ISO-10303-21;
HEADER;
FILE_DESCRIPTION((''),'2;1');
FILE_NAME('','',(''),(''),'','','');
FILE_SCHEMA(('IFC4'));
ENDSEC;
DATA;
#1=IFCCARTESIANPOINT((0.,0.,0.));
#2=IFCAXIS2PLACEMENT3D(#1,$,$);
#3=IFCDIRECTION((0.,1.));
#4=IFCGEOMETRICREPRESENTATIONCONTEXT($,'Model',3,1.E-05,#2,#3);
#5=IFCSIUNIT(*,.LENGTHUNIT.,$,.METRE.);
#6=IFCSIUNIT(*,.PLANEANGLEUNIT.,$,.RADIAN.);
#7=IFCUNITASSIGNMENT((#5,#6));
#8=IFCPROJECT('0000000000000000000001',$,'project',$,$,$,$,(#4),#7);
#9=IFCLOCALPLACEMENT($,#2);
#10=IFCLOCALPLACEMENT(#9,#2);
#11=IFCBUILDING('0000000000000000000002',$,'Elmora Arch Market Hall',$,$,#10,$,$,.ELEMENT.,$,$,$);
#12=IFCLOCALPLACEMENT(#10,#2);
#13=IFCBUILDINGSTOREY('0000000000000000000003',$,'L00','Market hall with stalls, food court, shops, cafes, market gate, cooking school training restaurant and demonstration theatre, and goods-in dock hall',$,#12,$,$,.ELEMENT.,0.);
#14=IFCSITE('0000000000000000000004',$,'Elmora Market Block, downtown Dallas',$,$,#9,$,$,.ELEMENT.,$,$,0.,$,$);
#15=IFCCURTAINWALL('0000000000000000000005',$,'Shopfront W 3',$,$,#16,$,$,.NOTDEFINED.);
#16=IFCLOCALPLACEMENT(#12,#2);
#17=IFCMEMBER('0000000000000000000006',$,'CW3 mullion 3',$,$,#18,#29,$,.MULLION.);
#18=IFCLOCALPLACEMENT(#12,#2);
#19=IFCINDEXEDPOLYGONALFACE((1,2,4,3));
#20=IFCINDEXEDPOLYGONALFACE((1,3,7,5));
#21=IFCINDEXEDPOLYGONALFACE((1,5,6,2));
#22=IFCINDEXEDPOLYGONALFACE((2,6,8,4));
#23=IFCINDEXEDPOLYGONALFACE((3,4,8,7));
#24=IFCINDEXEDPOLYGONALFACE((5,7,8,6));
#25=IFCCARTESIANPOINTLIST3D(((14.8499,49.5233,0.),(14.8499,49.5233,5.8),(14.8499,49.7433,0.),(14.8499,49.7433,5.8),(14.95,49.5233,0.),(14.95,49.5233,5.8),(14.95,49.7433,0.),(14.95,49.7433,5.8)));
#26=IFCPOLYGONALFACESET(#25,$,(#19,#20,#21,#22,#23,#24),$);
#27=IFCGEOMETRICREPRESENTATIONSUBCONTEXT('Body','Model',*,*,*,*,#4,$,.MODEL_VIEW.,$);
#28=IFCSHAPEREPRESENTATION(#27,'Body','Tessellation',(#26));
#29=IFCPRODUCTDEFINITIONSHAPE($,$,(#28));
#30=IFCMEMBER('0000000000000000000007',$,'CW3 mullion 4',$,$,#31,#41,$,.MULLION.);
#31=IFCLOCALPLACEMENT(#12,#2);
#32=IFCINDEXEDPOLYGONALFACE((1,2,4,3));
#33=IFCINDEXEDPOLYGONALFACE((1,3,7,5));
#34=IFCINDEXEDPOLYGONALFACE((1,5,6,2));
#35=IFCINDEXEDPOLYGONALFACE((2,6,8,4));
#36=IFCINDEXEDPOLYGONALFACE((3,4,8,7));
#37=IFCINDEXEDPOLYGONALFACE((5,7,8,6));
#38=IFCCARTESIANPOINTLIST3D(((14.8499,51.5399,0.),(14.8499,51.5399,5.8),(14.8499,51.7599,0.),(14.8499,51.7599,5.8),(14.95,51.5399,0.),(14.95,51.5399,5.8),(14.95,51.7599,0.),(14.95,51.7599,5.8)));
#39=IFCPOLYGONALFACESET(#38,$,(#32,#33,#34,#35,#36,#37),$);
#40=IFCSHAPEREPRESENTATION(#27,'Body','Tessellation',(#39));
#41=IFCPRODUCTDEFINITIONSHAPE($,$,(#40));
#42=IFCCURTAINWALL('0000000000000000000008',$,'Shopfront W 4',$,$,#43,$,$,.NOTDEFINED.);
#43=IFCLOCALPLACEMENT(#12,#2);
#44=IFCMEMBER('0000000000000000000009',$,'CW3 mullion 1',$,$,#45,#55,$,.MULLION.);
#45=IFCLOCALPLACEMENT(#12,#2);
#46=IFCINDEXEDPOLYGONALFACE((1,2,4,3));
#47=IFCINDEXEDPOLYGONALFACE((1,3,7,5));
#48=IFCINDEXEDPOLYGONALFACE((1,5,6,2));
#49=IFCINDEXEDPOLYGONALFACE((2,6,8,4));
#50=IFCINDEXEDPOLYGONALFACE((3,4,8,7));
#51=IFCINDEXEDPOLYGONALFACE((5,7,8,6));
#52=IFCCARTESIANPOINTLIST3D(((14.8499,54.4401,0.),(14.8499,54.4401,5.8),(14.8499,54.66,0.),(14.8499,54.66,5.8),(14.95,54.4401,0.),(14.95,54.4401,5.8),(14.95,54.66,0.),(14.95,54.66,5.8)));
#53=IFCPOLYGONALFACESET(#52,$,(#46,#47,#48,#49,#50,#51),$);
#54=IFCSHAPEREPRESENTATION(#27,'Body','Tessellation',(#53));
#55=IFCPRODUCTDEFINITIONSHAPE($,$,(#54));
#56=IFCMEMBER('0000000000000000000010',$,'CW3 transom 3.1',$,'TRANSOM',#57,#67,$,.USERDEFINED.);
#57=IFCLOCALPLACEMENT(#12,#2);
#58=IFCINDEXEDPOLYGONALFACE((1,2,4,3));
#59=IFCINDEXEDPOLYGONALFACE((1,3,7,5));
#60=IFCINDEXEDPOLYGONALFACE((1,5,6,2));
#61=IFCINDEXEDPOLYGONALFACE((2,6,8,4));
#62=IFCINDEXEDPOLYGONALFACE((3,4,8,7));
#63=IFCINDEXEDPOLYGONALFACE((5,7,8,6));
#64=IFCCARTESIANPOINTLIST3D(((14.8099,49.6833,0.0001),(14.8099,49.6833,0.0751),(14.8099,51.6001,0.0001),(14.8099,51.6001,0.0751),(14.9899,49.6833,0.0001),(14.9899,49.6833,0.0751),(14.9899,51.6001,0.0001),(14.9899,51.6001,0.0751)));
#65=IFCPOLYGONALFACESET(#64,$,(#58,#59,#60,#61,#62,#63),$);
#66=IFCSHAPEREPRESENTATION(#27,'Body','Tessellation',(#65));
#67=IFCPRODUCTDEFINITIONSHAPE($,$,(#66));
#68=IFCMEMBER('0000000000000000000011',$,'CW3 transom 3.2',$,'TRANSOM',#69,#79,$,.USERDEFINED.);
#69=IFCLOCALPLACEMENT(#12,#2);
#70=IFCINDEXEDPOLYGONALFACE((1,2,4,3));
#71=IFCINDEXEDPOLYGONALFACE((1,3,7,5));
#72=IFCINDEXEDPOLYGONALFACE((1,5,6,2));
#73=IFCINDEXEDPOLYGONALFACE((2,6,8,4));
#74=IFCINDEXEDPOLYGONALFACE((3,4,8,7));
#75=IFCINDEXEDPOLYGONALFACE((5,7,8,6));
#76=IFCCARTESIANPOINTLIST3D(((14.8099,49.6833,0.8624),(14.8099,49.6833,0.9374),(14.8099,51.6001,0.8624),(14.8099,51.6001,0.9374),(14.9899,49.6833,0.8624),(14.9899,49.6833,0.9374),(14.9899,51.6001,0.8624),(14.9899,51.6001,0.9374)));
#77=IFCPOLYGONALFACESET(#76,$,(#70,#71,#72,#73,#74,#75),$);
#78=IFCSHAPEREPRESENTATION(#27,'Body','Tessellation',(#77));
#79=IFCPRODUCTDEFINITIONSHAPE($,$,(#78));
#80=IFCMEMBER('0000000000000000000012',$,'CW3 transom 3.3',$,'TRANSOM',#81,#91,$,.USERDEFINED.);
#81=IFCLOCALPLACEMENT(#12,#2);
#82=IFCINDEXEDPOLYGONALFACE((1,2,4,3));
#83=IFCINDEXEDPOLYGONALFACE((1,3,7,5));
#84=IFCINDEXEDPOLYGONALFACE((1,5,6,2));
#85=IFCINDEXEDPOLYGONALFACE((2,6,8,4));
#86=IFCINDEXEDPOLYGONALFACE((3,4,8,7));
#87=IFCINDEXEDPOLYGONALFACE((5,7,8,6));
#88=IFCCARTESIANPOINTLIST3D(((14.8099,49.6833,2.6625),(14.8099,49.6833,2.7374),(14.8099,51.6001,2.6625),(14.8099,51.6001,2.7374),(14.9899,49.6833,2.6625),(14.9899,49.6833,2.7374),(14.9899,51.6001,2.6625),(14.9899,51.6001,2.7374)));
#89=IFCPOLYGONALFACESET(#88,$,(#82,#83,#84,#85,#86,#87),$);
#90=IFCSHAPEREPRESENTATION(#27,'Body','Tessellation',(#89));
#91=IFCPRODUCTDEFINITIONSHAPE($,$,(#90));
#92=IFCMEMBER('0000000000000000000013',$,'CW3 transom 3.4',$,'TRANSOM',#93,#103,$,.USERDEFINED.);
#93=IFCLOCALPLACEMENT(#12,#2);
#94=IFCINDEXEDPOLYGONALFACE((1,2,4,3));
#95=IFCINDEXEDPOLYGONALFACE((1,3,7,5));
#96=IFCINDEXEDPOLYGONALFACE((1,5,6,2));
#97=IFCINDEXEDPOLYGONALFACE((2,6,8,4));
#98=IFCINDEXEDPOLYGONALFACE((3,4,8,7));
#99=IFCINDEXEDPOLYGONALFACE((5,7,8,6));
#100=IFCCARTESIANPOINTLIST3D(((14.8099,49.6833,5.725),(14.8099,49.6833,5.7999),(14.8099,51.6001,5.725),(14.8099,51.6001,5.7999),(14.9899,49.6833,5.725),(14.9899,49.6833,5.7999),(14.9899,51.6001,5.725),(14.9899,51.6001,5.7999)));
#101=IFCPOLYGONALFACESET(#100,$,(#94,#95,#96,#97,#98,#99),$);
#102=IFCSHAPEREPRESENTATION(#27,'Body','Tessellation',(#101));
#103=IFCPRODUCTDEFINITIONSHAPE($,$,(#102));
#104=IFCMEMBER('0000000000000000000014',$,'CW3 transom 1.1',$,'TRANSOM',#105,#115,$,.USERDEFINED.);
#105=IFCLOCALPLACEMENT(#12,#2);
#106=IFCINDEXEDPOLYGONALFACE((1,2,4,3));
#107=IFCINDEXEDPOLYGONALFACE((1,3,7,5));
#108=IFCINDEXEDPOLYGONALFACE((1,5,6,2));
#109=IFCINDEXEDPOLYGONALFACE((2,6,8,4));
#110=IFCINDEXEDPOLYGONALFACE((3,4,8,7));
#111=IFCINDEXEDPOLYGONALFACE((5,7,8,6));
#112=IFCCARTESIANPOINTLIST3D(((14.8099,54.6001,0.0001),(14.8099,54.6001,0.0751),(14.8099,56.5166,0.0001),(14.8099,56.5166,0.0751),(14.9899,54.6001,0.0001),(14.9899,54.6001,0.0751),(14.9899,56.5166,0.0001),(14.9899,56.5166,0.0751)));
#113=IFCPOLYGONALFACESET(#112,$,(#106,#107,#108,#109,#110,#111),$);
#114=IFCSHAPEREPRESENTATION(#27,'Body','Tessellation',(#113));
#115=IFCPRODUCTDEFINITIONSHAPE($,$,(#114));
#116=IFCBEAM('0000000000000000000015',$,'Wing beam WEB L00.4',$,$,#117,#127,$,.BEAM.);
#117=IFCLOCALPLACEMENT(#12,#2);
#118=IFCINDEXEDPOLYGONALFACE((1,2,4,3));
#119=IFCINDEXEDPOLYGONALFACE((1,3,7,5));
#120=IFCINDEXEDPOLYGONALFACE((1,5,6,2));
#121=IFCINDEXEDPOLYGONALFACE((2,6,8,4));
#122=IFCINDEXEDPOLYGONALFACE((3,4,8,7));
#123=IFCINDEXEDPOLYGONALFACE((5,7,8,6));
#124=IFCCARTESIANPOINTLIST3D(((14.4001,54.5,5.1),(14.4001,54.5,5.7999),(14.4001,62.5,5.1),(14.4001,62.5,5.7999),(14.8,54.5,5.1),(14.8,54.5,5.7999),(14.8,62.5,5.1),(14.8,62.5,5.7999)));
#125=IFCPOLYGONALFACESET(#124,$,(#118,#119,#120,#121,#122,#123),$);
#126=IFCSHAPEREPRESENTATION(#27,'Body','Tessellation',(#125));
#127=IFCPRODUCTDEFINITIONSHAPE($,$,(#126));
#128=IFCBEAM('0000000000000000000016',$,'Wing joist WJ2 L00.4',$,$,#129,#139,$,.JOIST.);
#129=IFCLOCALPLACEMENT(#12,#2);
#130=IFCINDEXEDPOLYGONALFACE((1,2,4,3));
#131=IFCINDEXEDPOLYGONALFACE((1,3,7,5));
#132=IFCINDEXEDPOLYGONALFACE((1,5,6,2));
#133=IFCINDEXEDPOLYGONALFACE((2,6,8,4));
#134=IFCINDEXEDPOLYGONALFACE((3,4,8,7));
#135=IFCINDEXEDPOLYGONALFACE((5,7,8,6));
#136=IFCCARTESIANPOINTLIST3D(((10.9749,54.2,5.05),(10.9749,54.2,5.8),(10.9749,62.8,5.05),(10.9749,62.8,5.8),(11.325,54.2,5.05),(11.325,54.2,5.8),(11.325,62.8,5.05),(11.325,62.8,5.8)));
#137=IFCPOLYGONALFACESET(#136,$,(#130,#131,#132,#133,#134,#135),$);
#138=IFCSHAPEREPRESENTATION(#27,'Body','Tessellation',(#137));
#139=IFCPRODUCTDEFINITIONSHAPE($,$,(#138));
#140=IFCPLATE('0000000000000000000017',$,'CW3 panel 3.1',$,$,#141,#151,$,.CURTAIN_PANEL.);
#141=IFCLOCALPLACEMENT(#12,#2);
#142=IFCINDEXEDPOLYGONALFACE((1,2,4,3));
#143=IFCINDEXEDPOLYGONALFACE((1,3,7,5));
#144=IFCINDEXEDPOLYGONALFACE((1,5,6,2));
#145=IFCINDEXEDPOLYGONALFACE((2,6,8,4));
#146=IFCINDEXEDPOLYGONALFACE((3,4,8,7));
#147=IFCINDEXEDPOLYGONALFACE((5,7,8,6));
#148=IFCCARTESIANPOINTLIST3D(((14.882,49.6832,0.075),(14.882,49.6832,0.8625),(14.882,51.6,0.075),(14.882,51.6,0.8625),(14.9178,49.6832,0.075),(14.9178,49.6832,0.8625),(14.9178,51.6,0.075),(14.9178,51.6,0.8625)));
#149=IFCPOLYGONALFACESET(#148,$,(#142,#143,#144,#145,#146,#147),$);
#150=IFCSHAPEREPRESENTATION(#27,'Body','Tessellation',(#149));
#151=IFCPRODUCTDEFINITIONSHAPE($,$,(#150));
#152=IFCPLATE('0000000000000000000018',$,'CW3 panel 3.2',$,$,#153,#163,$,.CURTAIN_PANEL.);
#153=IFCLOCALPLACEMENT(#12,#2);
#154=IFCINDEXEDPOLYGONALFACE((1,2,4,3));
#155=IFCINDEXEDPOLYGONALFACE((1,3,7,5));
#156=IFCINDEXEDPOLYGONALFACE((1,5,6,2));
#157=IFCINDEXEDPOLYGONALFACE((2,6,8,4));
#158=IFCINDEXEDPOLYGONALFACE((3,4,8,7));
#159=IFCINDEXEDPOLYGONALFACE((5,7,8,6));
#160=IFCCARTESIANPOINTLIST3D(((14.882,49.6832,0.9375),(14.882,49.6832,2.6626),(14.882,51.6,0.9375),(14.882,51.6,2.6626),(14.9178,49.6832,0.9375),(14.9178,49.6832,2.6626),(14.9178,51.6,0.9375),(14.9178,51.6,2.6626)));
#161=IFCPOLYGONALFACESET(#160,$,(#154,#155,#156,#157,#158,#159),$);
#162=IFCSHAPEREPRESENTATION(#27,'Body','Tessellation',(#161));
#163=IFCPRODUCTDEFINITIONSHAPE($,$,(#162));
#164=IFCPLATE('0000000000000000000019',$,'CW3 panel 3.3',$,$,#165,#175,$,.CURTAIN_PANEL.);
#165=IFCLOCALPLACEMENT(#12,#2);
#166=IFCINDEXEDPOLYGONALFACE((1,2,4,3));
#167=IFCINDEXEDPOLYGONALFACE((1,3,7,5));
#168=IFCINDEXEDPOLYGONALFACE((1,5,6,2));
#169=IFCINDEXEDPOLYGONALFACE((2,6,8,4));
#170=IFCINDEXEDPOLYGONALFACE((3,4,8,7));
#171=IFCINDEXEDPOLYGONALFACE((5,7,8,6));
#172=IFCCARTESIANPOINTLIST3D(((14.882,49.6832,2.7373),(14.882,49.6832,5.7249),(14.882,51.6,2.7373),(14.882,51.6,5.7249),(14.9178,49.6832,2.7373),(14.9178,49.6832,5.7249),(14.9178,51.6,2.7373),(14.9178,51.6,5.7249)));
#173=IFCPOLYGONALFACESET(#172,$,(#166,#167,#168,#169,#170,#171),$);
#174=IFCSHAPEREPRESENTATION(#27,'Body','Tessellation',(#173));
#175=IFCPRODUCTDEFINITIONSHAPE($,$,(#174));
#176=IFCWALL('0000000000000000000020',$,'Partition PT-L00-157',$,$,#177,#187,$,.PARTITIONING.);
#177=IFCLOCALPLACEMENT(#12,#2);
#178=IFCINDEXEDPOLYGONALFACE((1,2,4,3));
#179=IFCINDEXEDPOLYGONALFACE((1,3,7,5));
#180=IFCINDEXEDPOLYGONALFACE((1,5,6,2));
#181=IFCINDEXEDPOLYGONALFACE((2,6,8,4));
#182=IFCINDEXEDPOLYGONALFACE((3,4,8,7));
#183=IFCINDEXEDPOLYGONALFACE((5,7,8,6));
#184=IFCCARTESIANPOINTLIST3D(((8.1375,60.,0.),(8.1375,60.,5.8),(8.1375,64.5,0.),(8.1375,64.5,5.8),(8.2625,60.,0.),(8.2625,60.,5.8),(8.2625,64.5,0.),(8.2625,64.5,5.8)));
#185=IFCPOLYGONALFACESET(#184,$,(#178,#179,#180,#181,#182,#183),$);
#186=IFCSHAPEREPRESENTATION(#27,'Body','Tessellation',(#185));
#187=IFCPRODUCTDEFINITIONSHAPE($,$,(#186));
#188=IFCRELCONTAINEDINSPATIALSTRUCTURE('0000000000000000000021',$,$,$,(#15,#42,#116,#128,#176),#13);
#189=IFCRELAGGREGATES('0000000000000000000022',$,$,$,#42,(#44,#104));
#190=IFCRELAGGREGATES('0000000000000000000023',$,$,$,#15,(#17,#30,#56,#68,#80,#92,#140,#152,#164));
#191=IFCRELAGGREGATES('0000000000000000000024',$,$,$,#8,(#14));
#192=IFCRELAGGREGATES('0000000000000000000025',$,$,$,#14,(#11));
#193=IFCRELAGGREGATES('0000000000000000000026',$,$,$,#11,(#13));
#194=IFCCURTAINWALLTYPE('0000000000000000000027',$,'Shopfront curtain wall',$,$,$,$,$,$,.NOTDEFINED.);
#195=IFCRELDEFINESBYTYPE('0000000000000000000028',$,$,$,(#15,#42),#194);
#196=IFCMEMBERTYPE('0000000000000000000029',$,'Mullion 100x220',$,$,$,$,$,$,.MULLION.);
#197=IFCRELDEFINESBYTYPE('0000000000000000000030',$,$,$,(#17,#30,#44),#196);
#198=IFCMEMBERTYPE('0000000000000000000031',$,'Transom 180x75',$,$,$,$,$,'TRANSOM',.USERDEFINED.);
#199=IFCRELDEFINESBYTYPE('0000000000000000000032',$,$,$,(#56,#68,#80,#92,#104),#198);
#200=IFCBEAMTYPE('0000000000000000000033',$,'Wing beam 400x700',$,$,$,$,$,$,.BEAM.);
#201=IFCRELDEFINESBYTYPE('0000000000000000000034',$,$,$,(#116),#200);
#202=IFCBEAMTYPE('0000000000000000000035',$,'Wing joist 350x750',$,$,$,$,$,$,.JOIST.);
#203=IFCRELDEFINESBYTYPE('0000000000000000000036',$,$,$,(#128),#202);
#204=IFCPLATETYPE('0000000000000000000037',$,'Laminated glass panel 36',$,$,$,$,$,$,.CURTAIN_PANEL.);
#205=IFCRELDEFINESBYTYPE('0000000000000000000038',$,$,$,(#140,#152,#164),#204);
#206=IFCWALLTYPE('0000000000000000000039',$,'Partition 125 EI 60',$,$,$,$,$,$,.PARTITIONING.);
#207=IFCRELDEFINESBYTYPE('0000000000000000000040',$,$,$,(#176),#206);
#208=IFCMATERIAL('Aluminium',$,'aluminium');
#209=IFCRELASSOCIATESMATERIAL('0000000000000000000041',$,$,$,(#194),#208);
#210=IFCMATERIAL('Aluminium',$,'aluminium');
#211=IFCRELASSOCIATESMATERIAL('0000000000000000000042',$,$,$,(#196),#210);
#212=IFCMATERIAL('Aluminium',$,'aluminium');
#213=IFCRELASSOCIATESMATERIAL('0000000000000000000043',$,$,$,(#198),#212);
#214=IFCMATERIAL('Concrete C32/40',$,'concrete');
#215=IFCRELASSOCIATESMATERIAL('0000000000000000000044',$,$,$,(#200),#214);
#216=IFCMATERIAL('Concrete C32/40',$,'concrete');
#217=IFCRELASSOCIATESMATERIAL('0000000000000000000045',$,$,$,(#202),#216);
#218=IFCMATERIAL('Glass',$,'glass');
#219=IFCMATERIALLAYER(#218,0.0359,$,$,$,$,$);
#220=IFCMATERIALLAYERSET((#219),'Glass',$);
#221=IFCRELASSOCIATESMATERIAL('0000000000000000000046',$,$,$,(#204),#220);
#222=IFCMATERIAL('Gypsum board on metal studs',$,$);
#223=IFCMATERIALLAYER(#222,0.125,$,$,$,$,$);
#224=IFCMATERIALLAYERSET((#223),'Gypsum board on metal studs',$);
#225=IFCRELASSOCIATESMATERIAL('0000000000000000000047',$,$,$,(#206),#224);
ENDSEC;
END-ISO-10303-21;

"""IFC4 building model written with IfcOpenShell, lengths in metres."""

from ifc_helpers import new_model, si_unit, direction, frame, frame_2d, origin, origin_2d, place, context, subcontext, project, spatial, rectangle, extrude, material, layer, layer_set, material_profile, profile_set, type_object, element, aggregate, save


model = new_model("IFC4")

# Units and contexts
model_context = context("Model", 3, precision=1e-05, world=origin(), true_north=direction((0.0, 1.0)))
body_context = subcontext(model_context, "Body", "Model", "MODEL_VIEW")
ifc_project = project(units=[si_unit("LENGTHUNIT", "METRE"), si_unit("PLANEANGLEUNIT", "RADIAN")], contexts=[model_context])

# Site, building, storey
site_placement = place(None, origin())
site = spatial("IfcSite", under=ifc_project, at=site_placement, Name="Elmora Market Block, downtown Dallas", CompositionType="ELEMENT", RefElevation=0.0)
building_placement = place(site_placement, origin())
building = spatial("IfcBuilding", under=site, at=building_placement, Name="Elmora Arch Market Hall", CompositionType="ELEMENT")
storey_placement = place(building_placement, origin())
storey = spatial("IfcBuildingStorey", under=building, at=storey_placement, Name="L00", Description="Market hall with stalls, food court, shops, cafes, market gate, cooking school training restaurant and demonstration theatre, and goods-in dock hall", CompositionType="ELEMENT", Elevation=0.0)

# Curtain wall, members
ifc_material_1 = material(Name="Aluminium", Category="aluminium")
curtain_wall_type = type_object("IfcCurtainWallType", Name="Shopfront curtain wall", PredefinedType="NOTDEFINED", material=ifc_material_1)
curtain_wall_1_placement = place(storey_placement, origin())
curtain_wall_1 = element("IfcCurtainWall", 1, at=curtain_wall_1_placement, inside=storey, type_object=curtain_wall_type, Name="Shopfront W 3", PredefinedType="NOTDEFINED")
ifc_material_2 = material(Name="Aluminium", Category="aluminium")
ifc_material_profile_1 = material_profile(ifc_material_2, rectangle(XDim=0.1001, YDim=0.22, at=origin_2d()), Name="AL 100x220")
ifc_profile_set_1 = profile_set([ifc_material_profile_1], Name="Aluminium")
member_type_1 = type_object("IfcMemberType", Name="Mullion 100x220", PredefinedType="MULLION", material=ifc_profile_set_1)
member_1_placement = place(storey_placement, frame((14.8999, 49.6333, 0.0), z_axis=(0.0, 0.0, 1.0), x_axis=(-1.0, 0.0, 0.0)))
member_1 = element("IfcMember", 2, at=member_1_placement, type_object=member_type_1, Name="CW3 mullion 3", PredefinedType="MULLION", context=body_context, shape_type="SweptSolid", body=[
    extrude(rectangle(XDim=0.1001, YDim=0.22, at=origin_2d()), origin(), (0.0, 0.0, 1.0), 5.8),
])
member_2_placement = place(storey_placement, frame((14.8999, 51.6499, 0.0), z_axis=(0.0, 0.0, 1.0), x_axis=(-1.0, 0.0, 0.0)))
member_2 = element("IfcMember", 3, at=member_2_placement, type_object=member_type_1, Name="CW3 mullion 4", PredefinedType="MULLION", context=body_context, shape_type="SweptSolid", body=[
    extrude(rectangle(XDim=0.1001, YDim=0.22, at=origin_2d()), origin(), (0.0, 0.0, 1.0), 5.8),
])

# Curtain wall, member
curtain_wall_2_placement = place(storey_placement, origin())
curtain_wall_2 = element("IfcCurtainWall", 4, at=curtain_wall_2_placement, inside=storey, type_object=curtain_wall_type, Name="Shopfront W 4", PredefinedType="NOTDEFINED")
member_3_placement = place(storey_placement, frame((14.8999, 54.55, 0.0), z_axis=(0.0, 0.0, 1.0), x_axis=(-1.0, 0.0, 0.0)))
member_3 = element("IfcMember", 5, at=member_3_placement, type_object=member_type_1, Name="CW3 mullion 1", PredefinedType="MULLION", context=body_context, shape_type="SweptSolid", body=[
    extrude(rectangle(XDim=0.1001, YDim=0.22, at=origin_2d()), origin(), (0.0, 0.0, 1.0), 5.8),
])

# Members
ifc_material_3 = material(Name="Aluminium", Category="aluminium")
ifc_material_profile_2 = material_profile(ifc_material_3, rectangle(XDim=0.1799, YDim=0.075, at=origin_2d()), Name="AL 180x75")
ifc_profile_set_2 = profile_set([ifc_material_profile_2], Name="Aluminium")
member_type_2 = type_object("IfcMemberType", Name="Transom 180x75", ElementType="TRANSOM", PredefinedType="USERDEFINED", material=ifc_profile_set_2)
member_4_placement = place(storey_placement, frame((14.8999, 49.6833, 0.0376), z_axis=(0.0, 1.0, 0.0), x_axis=(-1.0, 0.0, 0.0)))
member_4 = element("IfcMember", 6, at=member_4_placement, type_object=member_type_2, Name="CW3 transom 3.1", ObjectType="TRANSOM", PredefinedType="USERDEFINED", context=body_context, shape_type="SweptSolid", body=[
    extrude(rectangle(XDim=0.1799, YDim=0.075, at=origin_2d()), origin(), (0.0, 0.0, 1.0), 1.9167),
])
member_5_placement = place(storey_placement, frame((14.8999, 49.6833, 0.8999), z_axis=(0.0, 1.0, 0.0), x_axis=(-1.0, 0.0, 0.0)))
member_5 = element("IfcMember", 7, at=member_5_placement, type_object=member_type_2, Name="CW3 transom 3.2", ObjectType="TRANSOM", PredefinedType="USERDEFINED", context=body_context, shape_type="SweptSolid", body=[
    extrude(rectangle(XDim=0.1799, YDim=0.075, at=origin_2d()), origin(), (0.0, 0.0, 1.0), 1.9167),
])
member_6_placement = place(storey_placement, frame((14.8999, 49.6833, 2.7), z_axis=(0.0, 1.0, 0.0), x_axis=(-1.0, 0.0, 0.0)))
member_6 = element("IfcMember", 8, at=member_6_placement, type_object=member_type_2, Name="CW3 transom 3.3", ObjectType="TRANSOM", PredefinedType="USERDEFINED", context=body_context, shape_type="SweptSolid", body=[
    extrude(rectangle(XDim=0.1799, YDim=0.075, at=origin_2d()), origin(), (0.0, 0.0, 1.0), 1.9167),
])
member_7_placement = place(storey_placement, frame((14.8999, 49.6833, 5.7625), z_axis=(0.0, 1.0, 0.0), x_axis=(-1.0, 0.0, 0.0)))
member_7 = element("IfcMember", 9, at=member_7_placement, type_object=member_type_2, Name="CW3 transom 3.4", ObjectType="TRANSOM", PredefinedType="USERDEFINED", context=body_context, shape_type="SweptSolid", body=[
    extrude(rectangle(XDim=0.1799, YDim=0.075, at=origin_2d()), origin(), (0.0, 0.0, 1.0), 1.9167),
])
member_8_placement = place(storey_placement, frame((14.8999, 54.6001, 0.0376), z_axis=(0.0, 1.0, 0.0), x_axis=(-1.0, 0.0, 0.0)))
member_8 = element("IfcMember", 10, at=member_8_placement, type_object=member_type_2, Name="CW3 transom 1.1", ObjectType="TRANSOM", PredefinedType="USERDEFINED", context=body_context, shape_type="SweptSolid", body=[
    extrude(rectangle(XDim=0.1799, YDim=0.075, at=origin_2d()), origin(), (0.0, 0.0, 1.0), 1.9165),
])
aggregate(curtain_wall_2, [member_3, member_8])

# Beams
ifc_material_4 = material(Name="Concrete C32/40", Category="concrete")
ifc_material_profile_3 = material_profile(ifc_material_4, rectangle(XDim=0.3999, YDim=0.7, at=origin_2d()), Name="Wing beam 400x700")
ifc_profile_set_3 = profile_set([ifc_material_profile_3], Name="Concrete C32/40")
beam_type_1 = type_object("IfcBeamType", Name="Wing beam 400x700", PredefinedType="BEAM", material=ifc_profile_set_3)
beam_1_placement = place(storey_placement, frame((14.6001, 54.5, 5.45), z_axis=(0.0, 1.0, 0.0), x_axis=(-1.0, 0.0, 0.0)))
element("IfcBeam", 11, at=beam_1_placement, inside=storey, type_object=beam_type_1, Name="Wing beam WEB L00.4", PredefinedType="BEAM", context=body_context, shape_type="SweptSolid", body=[
    extrude(rectangle(XDim=0.3999, YDim=0.7, at=origin_2d()), origin(), (0.0, 0.0, 1.0), 8.0),
])
ifc_material_5 = material(Name="Concrete C32/40", Category="concrete")
ifc_material_profile_4 = material_profile(ifc_material_5, rectangle(XDim=0.3501, YDim=0.75, at=origin_2d()), Name="Wing joist 350x750")
ifc_profile_set_4 = profile_set([ifc_material_profile_4], Name="Concrete C32/40")
beam_type_2 = type_object("IfcBeamType", Name="Wing joist 350x750", PredefinedType="JOIST", material=ifc_profile_set_4)
beam_2_placement = place(storey_placement, frame((11.1499, 54.2, 5.425), z_axis=(0.0, 1.0, 0.0), x_axis=(-1.0, 0.0, 0.0)))
element("IfcBeam", 12, at=beam_2_placement, inside=storey, type_object=beam_type_2, Name="Wing joist WJ2 L00.4", PredefinedType="JOIST", context=body_context, shape_type="SweptSolid", body=[
    extrude(rectangle(XDim=0.3501, YDim=0.75, at=origin_2d()), origin(), (0.0, 0.0, 1.0), 8.6001),
])

# Plates
ifc_material_6 = material(Name="Glass", Category="glass")
ifc_layer_1 = layer(ifc_material_6, 0.0359)
ifc_layer_set_1 = layer_set([ifc_layer_1], Name="Glass")
plate_type = type_object("IfcPlateType", Name="Laminated glass panel 36", PredefinedType="CURTAIN_PANEL", material=ifc_layer_set_1)
plate_1_placement = place(storey_placement, frame((14.8999, 50.6416, 0.075), z_axis=(0.0, 0.0, 1.0), x_axis=(0.0, 1.0, 0.0)))
plate_1 = element("IfcPlate", 13, at=plate_1_placement, type_object=plate_type, Name="CW3 panel 3.1", PredefinedType="CURTAIN_PANEL", context=body_context, shape_type="SweptSolid", body=[
    extrude(rectangle(XDim=1.9167, YDim=0.0359, at=origin_2d()), origin(), (0.0, 0.0, 1.0), 0.7876),
])
plate_2_placement = place(storey_placement, frame((14.8999, 50.6416, 0.9375), z_axis=(0.0, 0.0, 1.0), x_axis=(0.0, 1.0, 0.0)))
plate_2 = element("IfcPlate", 14, at=plate_2_placement, type_object=plate_type, Name="CW3 panel 3.2", PredefinedType="CURTAIN_PANEL", context=body_context, shape_type="SweptSolid", body=[
    extrude(rectangle(XDim=1.9167, YDim=0.0359, at=origin_2d()), origin(), (0.0, 0.0, 1.0), 1.7251),
])
plate_3_placement = place(storey_placement, frame((14.8999, 50.6416, 2.7373), z_axis=(0.0, 0.0, 1.0), x_axis=(0.0, 1.0, 0.0)))
plate_3 = element("IfcPlate", 15, at=plate_3_placement, type_object=plate_type, Name="CW3 panel 3.3", PredefinedType="CURTAIN_PANEL", context=body_context, shape_type="SweptSolid", body=[
    extrude(rectangle(XDim=1.9167, YDim=0.0359, at=origin_2d()), origin(), (0.0, 0.0, 1.0), 2.9875),
])
aggregate(curtain_wall_1, [member_1, member_2, member_4, member_5, member_6, member_7, plate_1, plate_2, plate_3])

# Wall
ifc_material_7 = material(Name="Gypsum board on metal studs")
ifc_layer_2 = layer(ifc_material_7, 0.125)
ifc_layer_set_2 = layer_set([ifc_layer_2], Name="Gypsum board on metal studs")
wall_type_1 = type_object("IfcWallType", Name="Partition 125 EI 60", PredefinedType="PARTITIONING", material=ifc_layer_set_2)
wall_1_placement = place(storey_placement, frame((8.2, 60.0, 0.0), z_axis=(0.0, 0.0, 1.0), x_axis=(0.0, 1.0, 0.0)))
element("IfcWall", 16, at=wall_1_placement, inside=storey, type_object=wall_type_1, Name="Partition PT-L00-157", PredefinedType="PARTITIONING", context=body_context, shape_type="SweptSolid", body=[
    extrude(rectangle(XDim=4.5, YDim=0.125, at=frame_2d((2.25, 0.0))), origin(), (0.0, 0.0, 1.0), 5.8),
])

save(model, "model.ifc")
